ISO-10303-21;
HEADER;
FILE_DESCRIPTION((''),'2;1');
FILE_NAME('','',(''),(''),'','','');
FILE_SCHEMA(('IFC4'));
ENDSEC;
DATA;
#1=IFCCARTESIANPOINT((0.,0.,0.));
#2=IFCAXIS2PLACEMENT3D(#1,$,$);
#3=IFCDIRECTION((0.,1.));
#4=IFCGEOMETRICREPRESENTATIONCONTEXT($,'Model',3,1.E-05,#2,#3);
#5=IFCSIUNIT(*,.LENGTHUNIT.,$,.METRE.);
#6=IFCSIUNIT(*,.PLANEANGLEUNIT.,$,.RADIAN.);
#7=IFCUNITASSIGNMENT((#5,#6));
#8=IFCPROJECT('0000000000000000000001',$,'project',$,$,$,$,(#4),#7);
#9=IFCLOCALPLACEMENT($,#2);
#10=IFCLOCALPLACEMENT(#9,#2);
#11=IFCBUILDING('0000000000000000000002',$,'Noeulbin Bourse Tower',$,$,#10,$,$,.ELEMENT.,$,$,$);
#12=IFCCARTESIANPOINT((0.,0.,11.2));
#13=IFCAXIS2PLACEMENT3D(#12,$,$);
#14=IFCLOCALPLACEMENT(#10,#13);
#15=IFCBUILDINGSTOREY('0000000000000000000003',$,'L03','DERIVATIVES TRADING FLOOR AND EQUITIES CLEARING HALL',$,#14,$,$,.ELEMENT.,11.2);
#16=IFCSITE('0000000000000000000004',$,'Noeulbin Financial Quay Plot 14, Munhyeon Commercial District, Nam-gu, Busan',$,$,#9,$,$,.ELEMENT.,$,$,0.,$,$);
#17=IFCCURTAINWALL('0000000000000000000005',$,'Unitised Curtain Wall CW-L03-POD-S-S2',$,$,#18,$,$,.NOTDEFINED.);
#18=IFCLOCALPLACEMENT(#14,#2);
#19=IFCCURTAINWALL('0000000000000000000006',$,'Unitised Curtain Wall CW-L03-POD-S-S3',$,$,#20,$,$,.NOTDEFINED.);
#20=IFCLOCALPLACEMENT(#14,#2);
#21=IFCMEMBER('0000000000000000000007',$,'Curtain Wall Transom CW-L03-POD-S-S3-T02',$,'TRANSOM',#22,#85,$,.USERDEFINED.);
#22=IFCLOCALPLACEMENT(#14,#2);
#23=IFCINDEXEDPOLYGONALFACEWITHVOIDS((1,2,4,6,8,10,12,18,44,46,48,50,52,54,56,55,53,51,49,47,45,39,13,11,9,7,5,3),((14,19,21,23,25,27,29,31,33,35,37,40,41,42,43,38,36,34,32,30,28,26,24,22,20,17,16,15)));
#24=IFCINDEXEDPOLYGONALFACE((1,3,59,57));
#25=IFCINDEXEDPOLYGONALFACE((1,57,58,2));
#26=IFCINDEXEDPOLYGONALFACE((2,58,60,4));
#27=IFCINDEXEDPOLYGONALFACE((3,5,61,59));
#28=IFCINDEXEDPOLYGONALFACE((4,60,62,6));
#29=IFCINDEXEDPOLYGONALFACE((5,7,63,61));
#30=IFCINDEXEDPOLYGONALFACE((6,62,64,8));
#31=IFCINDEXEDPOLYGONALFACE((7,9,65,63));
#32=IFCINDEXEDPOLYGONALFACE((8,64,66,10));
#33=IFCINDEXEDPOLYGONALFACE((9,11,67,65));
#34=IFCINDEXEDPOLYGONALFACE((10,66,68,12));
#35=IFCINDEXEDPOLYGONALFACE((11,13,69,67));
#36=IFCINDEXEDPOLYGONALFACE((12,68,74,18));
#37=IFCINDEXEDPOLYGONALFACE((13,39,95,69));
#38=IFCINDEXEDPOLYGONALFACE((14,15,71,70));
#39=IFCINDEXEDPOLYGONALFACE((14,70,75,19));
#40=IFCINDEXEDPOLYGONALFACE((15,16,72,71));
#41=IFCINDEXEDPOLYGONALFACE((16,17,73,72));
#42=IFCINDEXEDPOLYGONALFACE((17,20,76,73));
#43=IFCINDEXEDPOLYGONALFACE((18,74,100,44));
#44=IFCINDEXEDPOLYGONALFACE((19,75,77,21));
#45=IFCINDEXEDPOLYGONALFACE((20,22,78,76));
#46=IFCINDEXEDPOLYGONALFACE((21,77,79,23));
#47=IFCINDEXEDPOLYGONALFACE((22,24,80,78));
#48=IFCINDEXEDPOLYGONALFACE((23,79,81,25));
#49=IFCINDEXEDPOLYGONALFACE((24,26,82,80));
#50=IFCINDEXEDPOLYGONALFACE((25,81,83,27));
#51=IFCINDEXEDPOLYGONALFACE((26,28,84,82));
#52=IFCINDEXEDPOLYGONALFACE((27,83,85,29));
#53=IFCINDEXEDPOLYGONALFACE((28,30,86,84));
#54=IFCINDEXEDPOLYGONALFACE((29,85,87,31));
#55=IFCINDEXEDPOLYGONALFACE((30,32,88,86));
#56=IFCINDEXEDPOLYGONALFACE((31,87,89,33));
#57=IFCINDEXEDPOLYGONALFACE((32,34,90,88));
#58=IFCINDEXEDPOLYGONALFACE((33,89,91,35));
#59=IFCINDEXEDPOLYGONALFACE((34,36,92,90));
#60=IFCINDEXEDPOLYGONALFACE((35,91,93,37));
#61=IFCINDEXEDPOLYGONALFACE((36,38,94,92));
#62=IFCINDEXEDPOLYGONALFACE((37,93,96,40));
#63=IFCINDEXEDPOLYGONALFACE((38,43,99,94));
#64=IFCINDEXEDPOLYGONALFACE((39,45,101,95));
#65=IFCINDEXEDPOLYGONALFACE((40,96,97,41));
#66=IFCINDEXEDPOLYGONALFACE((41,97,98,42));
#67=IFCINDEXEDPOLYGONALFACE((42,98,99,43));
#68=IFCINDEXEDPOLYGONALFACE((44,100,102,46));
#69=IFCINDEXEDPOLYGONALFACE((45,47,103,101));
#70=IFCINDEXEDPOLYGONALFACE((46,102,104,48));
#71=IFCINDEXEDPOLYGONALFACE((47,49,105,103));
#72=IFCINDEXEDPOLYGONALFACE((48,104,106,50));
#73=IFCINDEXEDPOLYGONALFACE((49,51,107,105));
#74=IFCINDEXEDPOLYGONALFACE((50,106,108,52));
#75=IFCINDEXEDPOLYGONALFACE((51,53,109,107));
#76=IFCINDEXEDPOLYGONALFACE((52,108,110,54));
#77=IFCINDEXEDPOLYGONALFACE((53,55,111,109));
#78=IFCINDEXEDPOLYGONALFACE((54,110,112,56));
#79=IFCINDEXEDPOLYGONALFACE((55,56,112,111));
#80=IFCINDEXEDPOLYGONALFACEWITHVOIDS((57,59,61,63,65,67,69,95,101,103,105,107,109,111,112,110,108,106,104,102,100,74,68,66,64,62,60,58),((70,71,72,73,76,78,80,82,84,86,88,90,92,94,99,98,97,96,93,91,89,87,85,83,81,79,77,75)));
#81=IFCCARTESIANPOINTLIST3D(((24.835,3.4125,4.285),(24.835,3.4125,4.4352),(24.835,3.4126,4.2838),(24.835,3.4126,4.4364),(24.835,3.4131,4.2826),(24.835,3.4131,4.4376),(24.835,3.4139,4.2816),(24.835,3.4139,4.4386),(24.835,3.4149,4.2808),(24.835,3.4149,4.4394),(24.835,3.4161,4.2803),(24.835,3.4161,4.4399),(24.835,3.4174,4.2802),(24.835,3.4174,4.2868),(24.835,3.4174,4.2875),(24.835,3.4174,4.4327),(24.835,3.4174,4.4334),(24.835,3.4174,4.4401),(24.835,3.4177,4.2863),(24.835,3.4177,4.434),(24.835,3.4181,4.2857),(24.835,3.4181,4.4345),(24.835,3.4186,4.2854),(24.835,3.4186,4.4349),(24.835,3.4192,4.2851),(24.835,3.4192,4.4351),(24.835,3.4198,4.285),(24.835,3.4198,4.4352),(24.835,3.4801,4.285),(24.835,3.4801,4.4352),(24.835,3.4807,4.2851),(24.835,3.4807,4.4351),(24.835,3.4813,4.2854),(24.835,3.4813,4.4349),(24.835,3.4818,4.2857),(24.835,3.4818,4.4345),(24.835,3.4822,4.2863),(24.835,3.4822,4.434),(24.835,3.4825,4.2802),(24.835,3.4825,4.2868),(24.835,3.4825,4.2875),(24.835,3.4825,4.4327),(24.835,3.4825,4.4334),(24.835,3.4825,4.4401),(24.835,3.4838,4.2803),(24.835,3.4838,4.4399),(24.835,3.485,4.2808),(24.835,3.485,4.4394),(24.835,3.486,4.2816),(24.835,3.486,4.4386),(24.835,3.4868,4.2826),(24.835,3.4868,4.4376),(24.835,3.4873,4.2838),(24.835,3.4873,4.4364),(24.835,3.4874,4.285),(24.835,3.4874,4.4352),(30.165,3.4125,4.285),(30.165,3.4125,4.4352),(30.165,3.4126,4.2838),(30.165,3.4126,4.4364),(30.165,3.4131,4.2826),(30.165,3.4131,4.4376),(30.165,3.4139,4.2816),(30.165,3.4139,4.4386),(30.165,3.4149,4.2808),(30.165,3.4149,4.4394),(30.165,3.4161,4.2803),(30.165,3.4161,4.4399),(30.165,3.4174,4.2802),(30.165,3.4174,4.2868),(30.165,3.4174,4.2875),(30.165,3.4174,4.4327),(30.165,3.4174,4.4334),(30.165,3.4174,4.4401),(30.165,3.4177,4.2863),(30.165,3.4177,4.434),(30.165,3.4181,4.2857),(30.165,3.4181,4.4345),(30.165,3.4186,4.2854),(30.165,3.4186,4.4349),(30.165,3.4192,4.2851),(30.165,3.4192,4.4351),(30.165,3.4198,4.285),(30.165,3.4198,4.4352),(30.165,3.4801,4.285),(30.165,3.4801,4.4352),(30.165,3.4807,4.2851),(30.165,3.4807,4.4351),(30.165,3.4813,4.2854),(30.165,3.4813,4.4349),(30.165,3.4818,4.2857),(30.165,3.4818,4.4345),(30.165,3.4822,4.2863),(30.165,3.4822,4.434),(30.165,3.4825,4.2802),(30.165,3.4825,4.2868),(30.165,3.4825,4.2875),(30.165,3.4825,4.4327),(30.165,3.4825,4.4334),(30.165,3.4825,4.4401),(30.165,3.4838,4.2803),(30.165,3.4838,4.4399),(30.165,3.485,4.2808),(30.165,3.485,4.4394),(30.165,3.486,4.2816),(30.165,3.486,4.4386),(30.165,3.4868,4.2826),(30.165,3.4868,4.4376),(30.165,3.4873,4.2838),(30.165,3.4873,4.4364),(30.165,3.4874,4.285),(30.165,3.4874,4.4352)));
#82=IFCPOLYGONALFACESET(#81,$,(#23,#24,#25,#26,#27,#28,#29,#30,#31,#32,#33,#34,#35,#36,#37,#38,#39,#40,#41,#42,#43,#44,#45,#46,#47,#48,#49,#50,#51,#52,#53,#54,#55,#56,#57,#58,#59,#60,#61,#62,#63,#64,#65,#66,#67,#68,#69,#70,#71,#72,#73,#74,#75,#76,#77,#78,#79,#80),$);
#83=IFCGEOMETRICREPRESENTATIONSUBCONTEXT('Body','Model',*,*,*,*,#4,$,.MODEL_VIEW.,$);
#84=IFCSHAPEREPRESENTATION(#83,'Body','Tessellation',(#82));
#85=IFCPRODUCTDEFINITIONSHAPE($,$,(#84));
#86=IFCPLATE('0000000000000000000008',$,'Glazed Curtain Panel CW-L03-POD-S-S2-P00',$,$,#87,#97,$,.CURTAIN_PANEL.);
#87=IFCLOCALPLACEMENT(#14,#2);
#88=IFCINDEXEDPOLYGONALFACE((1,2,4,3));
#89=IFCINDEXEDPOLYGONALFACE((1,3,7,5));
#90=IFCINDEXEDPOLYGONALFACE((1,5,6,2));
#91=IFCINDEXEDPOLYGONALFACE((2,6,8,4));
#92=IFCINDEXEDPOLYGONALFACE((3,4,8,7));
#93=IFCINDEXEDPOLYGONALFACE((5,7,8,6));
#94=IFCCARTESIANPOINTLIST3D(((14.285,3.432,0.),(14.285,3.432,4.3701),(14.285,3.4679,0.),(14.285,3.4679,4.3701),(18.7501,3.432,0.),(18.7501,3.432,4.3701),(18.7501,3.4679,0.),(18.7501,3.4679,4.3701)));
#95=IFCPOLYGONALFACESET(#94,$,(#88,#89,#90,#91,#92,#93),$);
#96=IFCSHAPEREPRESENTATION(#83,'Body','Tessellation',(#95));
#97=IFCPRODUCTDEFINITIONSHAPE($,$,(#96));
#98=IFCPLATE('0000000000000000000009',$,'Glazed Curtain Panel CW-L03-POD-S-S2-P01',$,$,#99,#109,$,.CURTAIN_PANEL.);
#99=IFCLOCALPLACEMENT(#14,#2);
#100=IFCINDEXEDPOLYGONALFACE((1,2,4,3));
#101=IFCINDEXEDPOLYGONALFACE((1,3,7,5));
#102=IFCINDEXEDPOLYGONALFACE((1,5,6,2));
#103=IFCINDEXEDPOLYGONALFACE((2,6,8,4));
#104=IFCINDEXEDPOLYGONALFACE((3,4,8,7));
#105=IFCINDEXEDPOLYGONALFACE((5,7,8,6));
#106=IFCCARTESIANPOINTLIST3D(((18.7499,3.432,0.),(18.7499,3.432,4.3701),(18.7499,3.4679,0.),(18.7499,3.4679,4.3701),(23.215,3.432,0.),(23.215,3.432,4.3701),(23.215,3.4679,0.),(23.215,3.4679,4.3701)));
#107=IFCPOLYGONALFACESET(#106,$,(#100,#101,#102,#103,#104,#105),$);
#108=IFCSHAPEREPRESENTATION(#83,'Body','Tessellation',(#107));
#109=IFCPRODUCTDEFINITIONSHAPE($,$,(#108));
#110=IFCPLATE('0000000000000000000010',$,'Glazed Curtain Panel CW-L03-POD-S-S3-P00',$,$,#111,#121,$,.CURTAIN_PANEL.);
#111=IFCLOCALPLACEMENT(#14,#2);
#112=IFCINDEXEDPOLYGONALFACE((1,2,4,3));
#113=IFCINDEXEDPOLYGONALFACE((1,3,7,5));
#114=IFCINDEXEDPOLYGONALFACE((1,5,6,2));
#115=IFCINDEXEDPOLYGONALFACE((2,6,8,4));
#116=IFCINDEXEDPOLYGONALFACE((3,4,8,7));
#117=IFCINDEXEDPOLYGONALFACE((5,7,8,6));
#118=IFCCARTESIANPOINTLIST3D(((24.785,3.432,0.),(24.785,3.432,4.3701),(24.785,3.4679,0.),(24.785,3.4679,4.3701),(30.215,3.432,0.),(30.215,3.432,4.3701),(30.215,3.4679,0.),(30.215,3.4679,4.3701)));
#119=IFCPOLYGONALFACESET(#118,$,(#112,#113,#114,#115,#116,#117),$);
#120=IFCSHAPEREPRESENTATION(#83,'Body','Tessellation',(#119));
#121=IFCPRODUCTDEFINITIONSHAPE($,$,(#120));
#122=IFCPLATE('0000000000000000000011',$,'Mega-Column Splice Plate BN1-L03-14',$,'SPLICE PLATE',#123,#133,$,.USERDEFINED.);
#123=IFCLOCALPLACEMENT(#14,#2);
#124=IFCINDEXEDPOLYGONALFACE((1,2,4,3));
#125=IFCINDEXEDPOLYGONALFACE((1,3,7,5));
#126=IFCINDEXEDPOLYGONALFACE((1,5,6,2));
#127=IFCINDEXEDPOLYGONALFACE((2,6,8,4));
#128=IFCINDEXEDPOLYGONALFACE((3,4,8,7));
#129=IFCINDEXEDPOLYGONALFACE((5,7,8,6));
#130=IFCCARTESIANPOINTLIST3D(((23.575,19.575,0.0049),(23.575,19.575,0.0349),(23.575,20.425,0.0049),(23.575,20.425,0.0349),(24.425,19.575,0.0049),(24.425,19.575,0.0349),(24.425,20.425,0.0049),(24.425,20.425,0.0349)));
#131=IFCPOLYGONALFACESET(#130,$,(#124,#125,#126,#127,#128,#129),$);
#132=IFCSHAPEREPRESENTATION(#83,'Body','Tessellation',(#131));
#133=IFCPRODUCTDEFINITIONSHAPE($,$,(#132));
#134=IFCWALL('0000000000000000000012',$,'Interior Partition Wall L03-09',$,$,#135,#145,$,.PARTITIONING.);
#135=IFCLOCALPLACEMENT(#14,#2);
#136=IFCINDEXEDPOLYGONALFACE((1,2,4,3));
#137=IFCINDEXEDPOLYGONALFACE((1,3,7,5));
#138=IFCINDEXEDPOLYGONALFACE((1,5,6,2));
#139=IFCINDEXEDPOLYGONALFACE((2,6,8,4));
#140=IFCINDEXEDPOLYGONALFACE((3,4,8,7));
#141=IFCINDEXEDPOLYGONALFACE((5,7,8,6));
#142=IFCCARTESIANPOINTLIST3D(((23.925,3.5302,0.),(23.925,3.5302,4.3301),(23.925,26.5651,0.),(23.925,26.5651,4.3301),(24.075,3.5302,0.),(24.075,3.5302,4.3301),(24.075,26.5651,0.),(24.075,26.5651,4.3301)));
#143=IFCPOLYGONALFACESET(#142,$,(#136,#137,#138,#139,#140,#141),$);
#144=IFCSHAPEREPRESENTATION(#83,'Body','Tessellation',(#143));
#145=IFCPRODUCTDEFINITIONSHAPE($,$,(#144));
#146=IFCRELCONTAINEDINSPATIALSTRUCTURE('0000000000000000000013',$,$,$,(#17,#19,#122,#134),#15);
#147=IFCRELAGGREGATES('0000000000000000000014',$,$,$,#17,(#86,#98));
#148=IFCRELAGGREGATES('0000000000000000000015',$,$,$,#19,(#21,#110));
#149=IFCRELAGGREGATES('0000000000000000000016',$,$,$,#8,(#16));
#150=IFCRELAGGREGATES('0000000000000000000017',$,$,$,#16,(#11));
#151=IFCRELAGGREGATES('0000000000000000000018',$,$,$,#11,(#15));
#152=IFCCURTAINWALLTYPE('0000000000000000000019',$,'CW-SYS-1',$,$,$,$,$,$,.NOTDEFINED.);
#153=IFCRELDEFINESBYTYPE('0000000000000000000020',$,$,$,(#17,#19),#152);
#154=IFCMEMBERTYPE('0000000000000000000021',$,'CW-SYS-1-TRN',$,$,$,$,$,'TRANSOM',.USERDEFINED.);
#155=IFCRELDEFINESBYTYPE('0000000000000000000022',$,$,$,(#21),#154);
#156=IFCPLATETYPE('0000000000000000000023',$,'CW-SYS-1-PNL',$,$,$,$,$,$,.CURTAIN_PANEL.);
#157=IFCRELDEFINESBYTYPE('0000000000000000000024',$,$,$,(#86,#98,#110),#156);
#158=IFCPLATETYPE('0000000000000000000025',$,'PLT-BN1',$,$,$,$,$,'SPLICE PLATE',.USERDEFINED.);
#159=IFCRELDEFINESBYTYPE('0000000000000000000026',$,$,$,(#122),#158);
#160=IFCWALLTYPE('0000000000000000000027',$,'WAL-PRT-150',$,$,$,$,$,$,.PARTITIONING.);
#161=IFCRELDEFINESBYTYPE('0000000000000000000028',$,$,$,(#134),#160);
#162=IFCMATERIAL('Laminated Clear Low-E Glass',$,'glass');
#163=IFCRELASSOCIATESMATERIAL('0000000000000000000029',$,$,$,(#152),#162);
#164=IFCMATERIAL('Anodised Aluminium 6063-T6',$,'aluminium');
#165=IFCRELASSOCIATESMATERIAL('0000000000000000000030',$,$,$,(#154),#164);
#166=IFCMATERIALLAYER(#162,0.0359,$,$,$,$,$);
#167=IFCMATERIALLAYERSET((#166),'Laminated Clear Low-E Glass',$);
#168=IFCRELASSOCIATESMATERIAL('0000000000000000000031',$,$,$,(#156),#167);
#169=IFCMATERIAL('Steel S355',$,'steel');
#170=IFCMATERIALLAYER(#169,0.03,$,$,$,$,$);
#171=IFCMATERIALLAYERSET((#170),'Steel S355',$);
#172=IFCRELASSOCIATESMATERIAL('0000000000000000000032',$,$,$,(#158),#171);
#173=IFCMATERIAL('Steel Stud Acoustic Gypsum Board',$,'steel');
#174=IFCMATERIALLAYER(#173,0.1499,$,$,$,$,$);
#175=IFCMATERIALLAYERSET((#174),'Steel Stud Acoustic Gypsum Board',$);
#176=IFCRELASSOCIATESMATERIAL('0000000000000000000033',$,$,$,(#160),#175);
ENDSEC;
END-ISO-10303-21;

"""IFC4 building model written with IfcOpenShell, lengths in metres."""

from ifc_helpers import new_model, si_unit, direction, frame, frame_2d, origin, origin_2d, place, context, subcontext, project, spatial, rectangle, hollow_rectangle, extrude, material, layer, layer_set, material_profile, profile_set, type_object, element, aggregate, save


model = new_model("IFC4")

# Units and contexts
model_context = context("Model", 3, precision=1e-05, world=origin(), true_north=direction((0.0, 1.0)))
body_context = subcontext(model_context, "Body", "Model", "MODEL_VIEW")
ifc_project = project(units=[si_unit("LENGTHUNIT", "METRE"), si_unit("PLANEANGLEUNIT", "RADIAN")], contexts=[model_context])

# Site, building, storey
site_placement = place(None, origin())
site = spatial("IfcSite", under=ifc_project, at=site_placement, Name="Noeulbin Financial Quay Plot 14, Munhyeon Commercial District, Nam-gu, Busan", CompositionType="ELEMENT", RefElevation=0.0)
building_placement = place(site_placement, origin())
building = spatial("IfcBuilding", under=site, at=building_placement, Name="Noeulbin Bourse Tower", CompositionType="ELEMENT")
storey_placement = place(building_placement, frame((0.0, 0.0, 11.2)))
storey = spatial("IfcBuildingStorey", under=building, at=storey_placement, Name="L03", Description="DERIVATIVES TRADING FLOOR AND EQUITIES CLEARING HALL", CompositionType="ELEMENT", Elevation=11.2)

# Shared definitions
ifc_material_1 = material(Name="Steel S355", Category="steel")

# Curtain wall
ifc_material_2 = material(Name="Laminated Clear Low-E Glass", Category="glass")
curtain_wall_type = type_object("IfcCurtainWallType", Name="CW-SYS-1", PredefinedType="NOTDEFINED", material=ifc_material_2)
curtain_wall_1_placement = place(storey_placement, origin())
curtain_wall_1 = element("IfcCurtainWall", 1, at=curtain_wall_1_placement, inside=storey, type_object=curtain_wall_type, Name="Unitised Curtain Wall CW-L03-POD-S-S2", PredefinedType="NOTDEFINED")
ifc_material_3 = material(Name="Anodised Aluminium 6063-T6", Category="aluminium")

# Curtain wall
curtain_wall_2_placement = place(storey_placement, origin())
curtain_wall_2 = element("IfcCurtainWall", 2, at=curtain_wall_2_placement, inside=storey, type_object=curtain_wall_type, Name="Unitised Curtain Wall CW-L03-POD-S-S3", PredefinedType="NOTDEFINED")

# Member
ifc_material_profile_1 = material_profile(ifc_material_3, hollow_rectangle(XDim=0.075, YDim=0.1599, WallThickness=0.0049, InnerFilletRadius=0.0024, OuterFilletRadius=0.0049, at=origin_2d()), Name="ALU-TRAN-75x160x5", Category="LoadBearing")
ifc_profile_set_1 = profile_set([ifc_material_profile_1], Name="Anodised Aluminium 6063-T6")
member_type_1 = type_object("IfcMemberType", Name="CW-SYS-1-TRN", ElementType="TRANSOM", PredefinedType="USERDEFINED", material=ifc_profile_set_1)
member_1_placement = place(storey_placement, frame((24.835, 3.45, 4.3601), z_axis=(1.0, 0.0, 0.0), x_axis=(0.0, 1.0, 0.0)))
member_1 = element("IfcMember", 3, at=member_1_placement, type_object=member_type_1, Name="Curtain Wall Transom CW-L03-POD-S-S3-T02", ObjectType="TRANSOM", PredefinedType="USERDEFINED", context=body_context, shape_type="SweptSolid", body=[
    extrude(hollow_rectangle(XDim=0.075, YDim=0.1599, WallThickness=0.0049, InnerFilletRadius=0.0024, OuterFilletRadius=0.0049, at=origin_2d()), origin(), (0.0, 0.0, 1.0), 5.3301),
])

# Plates
ifc_layer_1 = layer(ifc_material_2, 0.0359)
ifc_layer_set_1 = layer_set([ifc_layer_1], Name="Laminated Clear Low-E Glass")
plate_type_1 = type_object("IfcPlateType", Name="CW-SYS-1-PNL", PredefinedType="CURTAIN_PANEL", material=ifc_layer_set_1)
plate_1_placement = place(storey_placement, frame((16.5176, 3.45, 0.0), z_axis=(0.0, 0.0, 1.0), x_axis=(1.0, 0.0, 0.0)))
plate_1 = element("IfcPlate", 4, at=plate_1_placement, type_object=plate_type_1, Name="Glazed Curtain Panel CW-L03-POD-S-S2-P00", PredefinedType="CURTAIN_PANEL", context=body_context, shape_type="SweptSolid", body=[
    extrude(rectangle(XDim=4.4651, YDim=0.0359, at=origin_2d()), origin(), (0.0, 0.0, 1.0), 4.3701),
])
plate_2_placement = place(storey_placement, frame((20.9824, 3.45, 0.0), z_axis=(0.0, 0.0, 1.0), x_axis=(1.0, 0.0, 0.0)))
plate_2 = element("IfcPlate", 5, at=plate_2_placement, type_object=plate_type_1, Name="Glazed Curtain Panel CW-L03-POD-S-S2-P01", PredefinedType="CURTAIN_PANEL", context=body_context, shape_type="SweptSolid", body=[
    extrude(rectangle(XDim=4.4651, YDim=0.0359, at=origin_2d()), origin(), (0.0, 0.0, 1.0), 4.3701),
])
aggregate(curtain_wall_1, [plate_1, plate_2])
plate_3_placement = place(storey_placement, frame((27.5, 3.45, 0.0), z_axis=(0.0, 0.0, 1.0), x_axis=(1.0, 0.0, 0.0)))
plate_3 = element("IfcPlate", 6, at=plate_3_placement, type_object=plate_type_1, Name="Glazed Curtain Panel CW-L03-POD-S-S3-P00", PredefinedType="CURTAIN_PANEL", context=body_context, shape_type="SweptSolid", body=[
    extrude(rectangle(XDim=5.4299, YDim=0.0359, at=origin_2d()), origin(), (0.0, 0.0, 1.0), 4.3701),
])
aggregate(curtain_wall_2, [member_1, plate_3])
ifc_layer_2 = layer(ifc_material_1, 0.03)
ifc_layer_set_2 = layer_set([ifc_layer_2], Name="Steel S355")
plate_type_2 = type_object("IfcPlateType", Name="PLT-BN1", ElementType="SPLICE PLATE", PredefinedType="USERDEFINED", material=ifc_layer_set_2)
plate_4_placement = place(storey_placement, frame((24.0, 20.0, 0.0049), z_axis=(0.0, 0.0, 1.0), x_axis=(1.0, 0.0, 0.0)))
element("IfcPlate", 7, at=plate_4_placement, inside=storey, type_object=plate_type_2, Name="Mega-Column Splice Plate BN1-L03-14", ObjectType="SPLICE PLATE", PredefinedType="USERDEFINED", context=body_context, shape_type="SweptSolid", body=[
    extrude(rectangle(XDim=0.8501, YDim=0.8501, at=origin_2d()), origin(), (0.0, 0.0, 1.0), 0.03),
])

# Wall
ifc_material_4 = material(Name="Steel Stud Acoustic Gypsum Board", Category="steel")
ifc_layer_3 = layer(ifc_material_4, 0.1499)
ifc_layer_set_3 = layer_set([ifc_layer_3], Name="Steel Stud Acoustic Gypsum Board")
wall_type = type_object("IfcWallType", Name="WAL-PRT-150", PredefinedType="PARTITIONING", material=ifc_layer_set_3)
wall_placement = place(storey_placement, frame((24.0, 3.53, 0.0), z_axis=(0.0, 0.0, 1.0), x_axis=(0.0, 1.0, 0.0)))
element("IfcWall", 8, at=wall_placement, inside=storey, type_object=wall_type, Name="Interior Partition Wall L03-09", PredefinedType="PARTITIONING", context=body_context, shape_type="SweptSolid", body=[
    extrude(rectangle(XDim=23.0349, YDim=0.1499, at=frame_2d((11.5176, 0.0))), origin(), (0.0, 0.0, 1.0), 4.3301),
])

save(model, "model.ifc")
